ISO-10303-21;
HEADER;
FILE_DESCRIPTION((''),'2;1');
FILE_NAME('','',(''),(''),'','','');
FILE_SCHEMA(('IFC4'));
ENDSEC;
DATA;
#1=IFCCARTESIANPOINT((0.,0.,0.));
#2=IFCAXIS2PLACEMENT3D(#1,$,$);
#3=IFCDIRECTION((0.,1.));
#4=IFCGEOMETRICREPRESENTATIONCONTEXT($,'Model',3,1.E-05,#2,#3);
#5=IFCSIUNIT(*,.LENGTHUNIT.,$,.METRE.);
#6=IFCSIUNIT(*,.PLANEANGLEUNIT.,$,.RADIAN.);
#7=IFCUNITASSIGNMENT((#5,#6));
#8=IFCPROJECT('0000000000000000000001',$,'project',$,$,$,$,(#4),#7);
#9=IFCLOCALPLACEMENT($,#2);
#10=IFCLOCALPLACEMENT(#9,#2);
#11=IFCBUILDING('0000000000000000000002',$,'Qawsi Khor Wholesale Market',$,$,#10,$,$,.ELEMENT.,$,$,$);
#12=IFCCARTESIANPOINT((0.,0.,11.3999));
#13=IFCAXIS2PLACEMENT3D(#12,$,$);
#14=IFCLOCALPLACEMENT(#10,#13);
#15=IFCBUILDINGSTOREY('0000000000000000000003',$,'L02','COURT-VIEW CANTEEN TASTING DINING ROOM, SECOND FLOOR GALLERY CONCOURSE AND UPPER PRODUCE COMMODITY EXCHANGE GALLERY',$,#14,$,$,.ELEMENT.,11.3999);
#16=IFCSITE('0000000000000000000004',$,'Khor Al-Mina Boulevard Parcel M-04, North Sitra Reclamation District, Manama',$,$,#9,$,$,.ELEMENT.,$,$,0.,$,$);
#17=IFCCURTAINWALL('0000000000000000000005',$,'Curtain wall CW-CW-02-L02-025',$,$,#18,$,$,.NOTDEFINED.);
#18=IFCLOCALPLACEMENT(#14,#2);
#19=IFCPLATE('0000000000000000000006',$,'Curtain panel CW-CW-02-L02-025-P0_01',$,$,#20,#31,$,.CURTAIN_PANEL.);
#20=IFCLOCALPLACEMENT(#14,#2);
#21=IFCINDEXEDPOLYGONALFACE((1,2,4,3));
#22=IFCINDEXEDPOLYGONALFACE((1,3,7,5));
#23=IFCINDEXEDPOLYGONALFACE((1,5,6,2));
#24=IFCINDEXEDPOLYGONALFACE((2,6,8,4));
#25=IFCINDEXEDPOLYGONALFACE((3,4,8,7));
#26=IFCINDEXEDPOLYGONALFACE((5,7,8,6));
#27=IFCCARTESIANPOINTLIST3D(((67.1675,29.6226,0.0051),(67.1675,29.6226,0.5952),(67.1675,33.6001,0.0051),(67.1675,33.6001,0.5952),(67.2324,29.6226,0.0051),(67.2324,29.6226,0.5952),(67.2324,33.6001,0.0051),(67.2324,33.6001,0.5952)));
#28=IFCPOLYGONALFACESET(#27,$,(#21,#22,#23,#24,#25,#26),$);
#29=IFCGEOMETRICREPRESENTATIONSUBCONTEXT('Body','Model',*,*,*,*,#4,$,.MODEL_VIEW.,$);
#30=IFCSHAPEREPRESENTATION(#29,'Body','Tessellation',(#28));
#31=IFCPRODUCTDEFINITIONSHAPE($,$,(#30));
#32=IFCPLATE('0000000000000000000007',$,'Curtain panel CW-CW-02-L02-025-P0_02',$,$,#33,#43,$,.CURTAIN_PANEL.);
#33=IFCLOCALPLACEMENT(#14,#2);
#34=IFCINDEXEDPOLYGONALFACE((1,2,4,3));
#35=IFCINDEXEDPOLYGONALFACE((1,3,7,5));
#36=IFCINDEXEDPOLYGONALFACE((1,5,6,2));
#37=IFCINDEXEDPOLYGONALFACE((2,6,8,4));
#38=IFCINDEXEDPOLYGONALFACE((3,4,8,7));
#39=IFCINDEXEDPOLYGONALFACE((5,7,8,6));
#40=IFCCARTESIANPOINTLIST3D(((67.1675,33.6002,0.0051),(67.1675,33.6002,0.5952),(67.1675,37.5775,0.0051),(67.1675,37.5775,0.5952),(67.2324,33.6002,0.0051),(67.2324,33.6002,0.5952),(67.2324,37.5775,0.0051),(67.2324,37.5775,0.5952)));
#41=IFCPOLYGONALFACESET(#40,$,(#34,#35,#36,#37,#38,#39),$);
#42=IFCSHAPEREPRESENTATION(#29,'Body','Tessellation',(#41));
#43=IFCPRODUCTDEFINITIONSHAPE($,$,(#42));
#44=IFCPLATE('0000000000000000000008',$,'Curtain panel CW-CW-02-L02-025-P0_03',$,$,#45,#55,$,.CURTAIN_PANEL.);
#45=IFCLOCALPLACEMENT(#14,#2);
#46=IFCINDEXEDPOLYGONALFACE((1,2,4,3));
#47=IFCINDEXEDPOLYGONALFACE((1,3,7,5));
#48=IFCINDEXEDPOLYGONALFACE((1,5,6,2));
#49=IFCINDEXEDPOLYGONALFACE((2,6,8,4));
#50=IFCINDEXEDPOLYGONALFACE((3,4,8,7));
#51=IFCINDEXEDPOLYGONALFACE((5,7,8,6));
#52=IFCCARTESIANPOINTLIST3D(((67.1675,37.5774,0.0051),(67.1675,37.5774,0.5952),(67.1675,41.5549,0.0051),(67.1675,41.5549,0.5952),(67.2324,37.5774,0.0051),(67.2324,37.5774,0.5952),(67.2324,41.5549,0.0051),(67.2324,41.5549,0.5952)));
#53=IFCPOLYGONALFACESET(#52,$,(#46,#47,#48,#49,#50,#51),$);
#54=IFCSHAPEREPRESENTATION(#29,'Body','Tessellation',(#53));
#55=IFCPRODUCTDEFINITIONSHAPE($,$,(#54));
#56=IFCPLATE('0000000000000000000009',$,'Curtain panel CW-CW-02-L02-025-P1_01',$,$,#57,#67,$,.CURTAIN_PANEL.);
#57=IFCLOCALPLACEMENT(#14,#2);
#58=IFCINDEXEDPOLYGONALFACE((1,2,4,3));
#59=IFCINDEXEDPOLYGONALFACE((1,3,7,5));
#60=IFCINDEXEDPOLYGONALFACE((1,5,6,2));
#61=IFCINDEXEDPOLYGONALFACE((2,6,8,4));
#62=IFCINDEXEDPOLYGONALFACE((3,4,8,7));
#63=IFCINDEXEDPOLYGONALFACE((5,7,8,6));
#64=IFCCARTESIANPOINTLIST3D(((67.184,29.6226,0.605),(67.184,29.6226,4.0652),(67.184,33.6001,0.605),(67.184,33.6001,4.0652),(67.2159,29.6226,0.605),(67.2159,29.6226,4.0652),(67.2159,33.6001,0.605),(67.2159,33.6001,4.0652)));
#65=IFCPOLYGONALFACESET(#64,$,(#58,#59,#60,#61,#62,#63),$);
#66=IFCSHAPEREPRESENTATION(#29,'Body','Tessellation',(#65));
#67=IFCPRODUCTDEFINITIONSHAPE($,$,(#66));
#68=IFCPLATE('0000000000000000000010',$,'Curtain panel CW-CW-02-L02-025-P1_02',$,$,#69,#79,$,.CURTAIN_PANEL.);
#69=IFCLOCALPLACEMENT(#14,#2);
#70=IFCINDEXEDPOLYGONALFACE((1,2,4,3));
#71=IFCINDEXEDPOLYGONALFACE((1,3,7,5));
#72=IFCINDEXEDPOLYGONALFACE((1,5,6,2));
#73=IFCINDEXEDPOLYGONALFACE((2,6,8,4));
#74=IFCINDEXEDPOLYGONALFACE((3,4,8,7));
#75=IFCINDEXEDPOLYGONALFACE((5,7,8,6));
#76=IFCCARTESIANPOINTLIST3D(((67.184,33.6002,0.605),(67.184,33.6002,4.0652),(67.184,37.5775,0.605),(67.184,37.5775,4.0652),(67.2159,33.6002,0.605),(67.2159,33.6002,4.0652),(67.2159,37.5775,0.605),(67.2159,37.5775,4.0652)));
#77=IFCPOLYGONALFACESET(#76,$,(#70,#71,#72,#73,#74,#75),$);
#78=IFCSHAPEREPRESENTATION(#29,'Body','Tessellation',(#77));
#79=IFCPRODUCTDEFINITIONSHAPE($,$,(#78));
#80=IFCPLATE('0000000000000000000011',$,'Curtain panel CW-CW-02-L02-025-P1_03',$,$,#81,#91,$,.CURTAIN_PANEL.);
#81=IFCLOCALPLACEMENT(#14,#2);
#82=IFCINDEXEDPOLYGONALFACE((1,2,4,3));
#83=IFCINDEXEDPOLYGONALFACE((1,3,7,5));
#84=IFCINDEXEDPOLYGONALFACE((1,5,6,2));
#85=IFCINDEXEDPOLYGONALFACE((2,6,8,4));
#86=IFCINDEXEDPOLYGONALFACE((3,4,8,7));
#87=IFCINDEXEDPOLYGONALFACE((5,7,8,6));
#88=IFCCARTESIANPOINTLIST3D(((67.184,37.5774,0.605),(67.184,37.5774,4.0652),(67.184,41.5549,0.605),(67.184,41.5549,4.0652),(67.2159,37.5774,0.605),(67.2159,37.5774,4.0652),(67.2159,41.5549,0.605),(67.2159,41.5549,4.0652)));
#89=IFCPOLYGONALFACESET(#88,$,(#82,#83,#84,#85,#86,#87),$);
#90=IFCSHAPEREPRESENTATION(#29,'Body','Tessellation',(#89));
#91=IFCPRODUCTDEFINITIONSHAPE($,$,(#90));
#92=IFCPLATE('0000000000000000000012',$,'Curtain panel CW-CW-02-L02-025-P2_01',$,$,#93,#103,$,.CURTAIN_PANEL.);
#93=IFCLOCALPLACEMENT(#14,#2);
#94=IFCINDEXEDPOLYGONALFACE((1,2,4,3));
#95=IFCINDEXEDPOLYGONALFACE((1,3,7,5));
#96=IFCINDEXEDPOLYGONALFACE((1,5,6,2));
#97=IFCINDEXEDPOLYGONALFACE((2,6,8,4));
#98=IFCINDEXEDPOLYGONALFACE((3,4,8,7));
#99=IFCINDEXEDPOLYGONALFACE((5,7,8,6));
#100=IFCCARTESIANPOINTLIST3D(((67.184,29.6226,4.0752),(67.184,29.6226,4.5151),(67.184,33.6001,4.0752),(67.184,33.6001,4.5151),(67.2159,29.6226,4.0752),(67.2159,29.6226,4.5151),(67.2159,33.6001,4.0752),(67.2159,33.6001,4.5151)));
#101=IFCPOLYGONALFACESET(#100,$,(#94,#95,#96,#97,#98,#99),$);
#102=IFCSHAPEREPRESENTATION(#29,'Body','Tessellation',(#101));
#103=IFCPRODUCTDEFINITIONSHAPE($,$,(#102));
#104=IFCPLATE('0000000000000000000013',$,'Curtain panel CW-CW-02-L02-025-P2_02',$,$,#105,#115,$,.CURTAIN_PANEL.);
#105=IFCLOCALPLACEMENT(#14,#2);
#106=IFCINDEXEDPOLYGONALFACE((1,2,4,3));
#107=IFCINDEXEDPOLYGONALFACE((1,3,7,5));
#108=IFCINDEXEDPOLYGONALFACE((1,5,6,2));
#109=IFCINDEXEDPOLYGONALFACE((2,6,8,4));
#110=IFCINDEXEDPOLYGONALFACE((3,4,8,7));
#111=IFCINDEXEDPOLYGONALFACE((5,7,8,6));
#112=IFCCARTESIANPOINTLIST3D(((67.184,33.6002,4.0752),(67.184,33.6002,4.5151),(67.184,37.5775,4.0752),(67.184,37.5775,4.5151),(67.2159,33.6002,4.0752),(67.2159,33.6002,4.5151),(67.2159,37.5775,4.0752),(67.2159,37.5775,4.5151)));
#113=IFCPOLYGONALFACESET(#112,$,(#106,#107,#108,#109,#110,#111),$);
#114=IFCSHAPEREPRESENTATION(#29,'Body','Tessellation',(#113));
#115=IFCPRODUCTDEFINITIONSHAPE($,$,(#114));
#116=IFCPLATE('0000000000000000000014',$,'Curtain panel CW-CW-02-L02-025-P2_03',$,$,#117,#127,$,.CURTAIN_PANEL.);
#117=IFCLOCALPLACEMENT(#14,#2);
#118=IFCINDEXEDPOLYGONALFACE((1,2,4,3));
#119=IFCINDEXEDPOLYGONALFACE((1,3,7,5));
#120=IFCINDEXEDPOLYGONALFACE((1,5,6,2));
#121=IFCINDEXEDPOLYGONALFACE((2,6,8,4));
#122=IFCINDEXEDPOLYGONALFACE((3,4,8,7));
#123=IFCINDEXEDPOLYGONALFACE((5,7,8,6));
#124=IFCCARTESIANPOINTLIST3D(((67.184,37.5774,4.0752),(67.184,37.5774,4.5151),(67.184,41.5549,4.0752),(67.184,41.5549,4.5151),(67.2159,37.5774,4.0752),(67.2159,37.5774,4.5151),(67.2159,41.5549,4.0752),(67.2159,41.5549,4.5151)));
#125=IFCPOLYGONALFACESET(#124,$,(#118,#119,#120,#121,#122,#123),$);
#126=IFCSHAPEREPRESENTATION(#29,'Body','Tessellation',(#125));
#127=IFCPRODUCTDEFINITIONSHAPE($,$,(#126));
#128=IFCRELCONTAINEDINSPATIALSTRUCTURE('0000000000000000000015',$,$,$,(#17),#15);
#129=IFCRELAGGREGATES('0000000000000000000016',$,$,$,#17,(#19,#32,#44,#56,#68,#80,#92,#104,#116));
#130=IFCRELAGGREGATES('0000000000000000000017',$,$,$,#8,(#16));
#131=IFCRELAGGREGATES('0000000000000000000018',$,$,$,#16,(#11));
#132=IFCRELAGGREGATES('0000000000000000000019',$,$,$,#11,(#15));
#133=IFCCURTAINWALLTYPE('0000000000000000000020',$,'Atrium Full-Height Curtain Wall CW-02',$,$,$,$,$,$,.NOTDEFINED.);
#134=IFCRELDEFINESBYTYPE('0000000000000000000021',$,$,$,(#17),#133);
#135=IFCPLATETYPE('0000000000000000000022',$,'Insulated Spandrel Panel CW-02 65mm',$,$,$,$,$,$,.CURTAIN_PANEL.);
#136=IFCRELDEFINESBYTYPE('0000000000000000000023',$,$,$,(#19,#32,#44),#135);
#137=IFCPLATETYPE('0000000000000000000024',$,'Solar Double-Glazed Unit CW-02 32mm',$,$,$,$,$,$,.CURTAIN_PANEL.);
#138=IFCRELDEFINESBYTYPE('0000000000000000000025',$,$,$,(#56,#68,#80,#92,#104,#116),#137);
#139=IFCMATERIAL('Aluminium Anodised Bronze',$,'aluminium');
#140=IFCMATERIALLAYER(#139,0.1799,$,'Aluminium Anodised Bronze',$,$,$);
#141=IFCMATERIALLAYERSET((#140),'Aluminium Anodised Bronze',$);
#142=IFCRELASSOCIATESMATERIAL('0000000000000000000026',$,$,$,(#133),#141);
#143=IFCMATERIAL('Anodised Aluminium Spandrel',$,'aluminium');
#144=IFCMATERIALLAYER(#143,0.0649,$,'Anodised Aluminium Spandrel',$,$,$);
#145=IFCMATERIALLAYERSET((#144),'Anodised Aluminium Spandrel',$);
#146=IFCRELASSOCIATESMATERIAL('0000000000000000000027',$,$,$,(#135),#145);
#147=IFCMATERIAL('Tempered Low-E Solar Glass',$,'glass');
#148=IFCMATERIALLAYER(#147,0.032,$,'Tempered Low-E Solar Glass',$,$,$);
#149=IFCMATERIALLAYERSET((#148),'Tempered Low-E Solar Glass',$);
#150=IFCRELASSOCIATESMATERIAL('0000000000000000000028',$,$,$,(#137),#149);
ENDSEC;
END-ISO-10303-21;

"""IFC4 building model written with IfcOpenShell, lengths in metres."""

from ifc_helpers import new_model, si_unit, direction, frame, frame_2d, origin, place, context, subcontext, project, spatial, rectangle, extrude, material, layer, layer_set, type_object, element, aggregate, save


model = new_model("IFC4")

# Units and contexts
model_context = context("Model", 3, precision=1e-05, world=origin(), true_north=direction((0.0, 1.0)))
body_context = subcontext(model_context, "Body", "Model", "MODEL_VIEW")
ifc_project = project(units=[si_unit("LENGTHUNIT", "METRE"), si_unit("PLANEANGLEUNIT", "RADIAN")], contexts=[model_context])

# Site, building, storey
site_placement = place(None, origin())
site = spatial("IfcSite", under=ifc_project, at=site_placement, Name="Khor Al-Mina Boulevard Parcel M-04, North Sitra Reclamation District, Manama", CompositionType="ELEMENT", RefElevation=0.0)
building_placement = place(site_placement, origin())
building = spatial("IfcBuilding", under=site, at=building_placement, Name="Qawsi Khor Wholesale Market", CompositionType="ELEMENT")
storey_placement = place(building_placement, frame((0.0, 0.0, 11.3999)))
storey = spatial("IfcBuildingStorey", under=building, at=storey_placement, Name="L02", Description="COURT-VIEW CANTEEN TASTING DINING ROOM, SECOND FLOOR GALLERY CONCOURSE AND UPPER PRODUCE COMMODITY EXCHANGE GALLERY", CompositionType="ELEMENT", Elevation=11.3999)

# Curtain wall, plates
ifc_material_1 = material(Name="Aluminium Anodised Bronze", Category="aluminium")
ifc_layer_1 = layer(ifc_material_1, 0.1799, Name="Aluminium Anodised Bronze")
ifc_layer_set_1 = layer_set([ifc_layer_1], Name="Aluminium Anodised Bronze")
curtain_wall_type = type_object("IfcCurtainWallType", Name="Atrium Full-Height Curtain Wall CW-02", PredefinedType="NOTDEFINED", material=ifc_layer_set_1)
curtain_wall_placement = place(storey_placement, origin())
curtain_wall = element("IfcCurtainWall", 1, at=curtain_wall_placement, inside=storey, type_object=curtain_wall_type, Name="Curtain wall CW-CW-02-L02-025", PredefinedType="NOTDEFINED")
ifc_material_2 = material(Name="Anodised Aluminium Spandrel", Category="aluminium")
ifc_layer_2 = layer(ifc_material_2, 0.0649, Name="Anodised Aluminium Spandrel")
ifc_layer_set_2 = layer_set([ifc_layer_2], Name="Anodised Aluminium Spandrel")
plate_type_1 = type_object("IfcPlateType", Name="Insulated Spandrel Panel CW-02 65mm", PredefinedType="CURTAIN_PANEL", material=ifc_layer_set_2)
plate_1_placement = place(storey_placement, frame((67.2, 29.6226, 0.0051), z_axis=(0.0, 0.0, 1.0), x_axis=(0.0, 1.0, 0.0)))
plate_1 = element("IfcPlate", 2, at=plate_1_placement, type_object=plate_type_1, Name="Curtain panel CW-CW-02-L02-025-P0_01", PredefinedType="CURTAIN_PANEL", context=body_context, shape_type="SweptSolid", body=[
    extrude(rectangle(XDim=3.9775, YDim=0.0649, at=frame_2d((1.9888, 0.0))), origin(), (0.0, 0.0, 1.0), 0.5901),
])
plate_2_placement = place(storey_placement, frame((67.2, 33.6001, 0.0051), z_axis=(0.0, 0.0, 1.0), x_axis=(0.0, 1.0, 0.0)))
plate_2 = element("IfcPlate", 3, at=plate_2_placement, type_object=plate_type_1, Name="Curtain panel CW-CW-02-L02-025-P0_02", PredefinedType="CURTAIN_PANEL", context=body_context, shape_type="SweptSolid", body=[
    extrude(rectangle(XDim=3.9773, YDim=0.0649, at=frame_2d((1.9888, 0.0))), origin(), (0.0, 0.0, 1.0), 0.5901),
])
plate_3_placement = place(storey_placement, frame((67.2, 37.5774, 0.0051), z_axis=(0.0, 0.0, 1.0), x_axis=(0.0, 1.0, 0.0)))
plate_3 = element("IfcPlate", 4, at=plate_3_placement, type_object=plate_type_1, Name="Curtain panel CW-CW-02-L02-025-P0_03", PredefinedType="CURTAIN_PANEL", context=body_context, shape_type="SweptSolid", body=[
    extrude(rectangle(XDim=3.9775, YDim=0.0649, at=frame_2d((1.9888, 0.0))), origin(), (0.0, 0.0, 1.0), 0.5901),
])
ifc_material_3 = material(Name="Tempered Low-E Solar Glass", Category="glass")
ifc_layer_3 = layer(ifc_material_3, 0.032, Name="Tempered Low-E Solar Glass")
ifc_layer_set_3 = layer_set([ifc_layer_3], Name="Tempered Low-E Solar Glass")
plate_type_2 = type_object("IfcPlateType", Name="Solar Double-Glazed Unit CW-02 32mm", PredefinedType="CURTAIN_PANEL", material=ifc_layer_set_3)
plate_4_placement = place(storey_placement, frame((67.2, 29.6226, 0.605), z_axis=(0.0, 0.0, 1.0), x_axis=(0.0, 1.0, 0.0)))
plate_4 = element("IfcPlate", 5, at=plate_4_placement, type_object=plate_type_2, Name="Curtain panel CW-CW-02-L02-025-P1_01", PredefinedType="CURTAIN_PANEL", context=body_context, shape_type="SweptSolid", body=[
    extrude(rectangle(XDim=3.9775, YDim=0.032, at=frame_2d((1.9888, 0.0))), origin(), (0.0, 0.0, 1.0), 3.4602),
])
plate_5_placement = place(storey_placement, frame((67.2, 33.6001, 0.605), z_axis=(0.0, 0.0, 1.0), x_axis=(0.0, 1.0, 0.0)))
plate_5 = element("IfcPlate", 6, at=plate_5_placement, type_object=plate_type_2, Name="Curtain panel CW-CW-02-L02-025-P1_02", PredefinedType="CURTAIN_PANEL", context=body_context, shape_type="SweptSolid", body=[
    extrude(rectangle(XDim=3.9773, YDim=0.032, at=frame_2d((1.9888, 0.0))), origin(), (0.0, 0.0, 1.0), 3.4602),
])
plate_6_placement = place(storey_placement, frame((67.2, 37.5774, 0.605), z_axis=(0.0, 0.0, 1.0), x_axis=(0.0, 1.0, 0.0)))
plate_6 = element("IfcPlate", 7, at=plate_6_placement, type_object=plate_type_2, Name="Curtain panel CW-CW-02-L02-025-P1_03", PredefinedType="CURTAIN_PANEL", context=body_context, shape_type="SweptSolid", body=[
    extrude(rectangle(XDim=3.9775, YDim=0.032, at=frame_2d((1.9888, 0.0))), origin(), (0.0, 0.0, 1.0), 3.4602),
])
plate_7_placement = place(storey_placement, frame((67.2, 29.6226, 4.0752), z_axis=(0.0, 0.0, 1.0), x_axis=(0.0, 1.0, 0.0)))
plate_7 = element("IfcPlate", 8, at=plate_7_placement, type_object=plate_type_2, Name="Curtain panel CW-CW-02-L02-025-P2_01", PredefinedType="CURTAIN_PANEL", context=body_context, shape_type="SweptSolid", body=[
    extrude(rectangle(XDim=3.9775, YDim=0.032, at=frame_2d((1.9888, 0.0))), origin(), (0.0, 0.0, 1.0), 0.4399),
])
plate_8_placement = place(storey_placement, frame((67.2, 33.6001, 4.0752), z_axis=(0.0, 0.0, 1.0), x_axis=(0.0, 1.0, 0.0)))
plate_8 = element("IfcPlate", 9, at=plate_8_placement, type_object=plate_type_2, Name="Curtain panel CW-CW-02-L02-025-P2_02", PredefinedType="CURTAIN_PANEL", context=body_context, shape_type="SweptSolid", body=[
    extrude(rectangle(XDim=3.9773, YDim=0.032, at=frame_2d((1.9888, 0.0))), origin(), (0.0, 0.0, 1.0), 0.4399),
])
plate_9_placement = place(storey_placement, frame((67.2, 37.5774, 4.0752), z_axis=(0.0, 0.0, 1.0), x_axis=(0.0, 1.0, 0.0)))
plate_9 = element("IfcPlate", 10, at=plate_9_placement, type_object=plate_type_2, Name="Curtain panel CW-CW-02-L02-025-P2_03", PredefinedType="CURTAIN_PANEL", context=body_context, shape_type="SweptSolid", body=[
    extrude(rectangle(XDim=3.9775, YDim=0.032, at=frame_2d((1.9888, 0.0))), origin(), (0.0, 0.0, 1.0), 0.4399),
])
aggregate(curtain_wall, [plate_1, plate_2, plate_3, plate_4, plate_5, plate_6, plate_7, plate_8, plate_9])

save(model, "model.ifc")
